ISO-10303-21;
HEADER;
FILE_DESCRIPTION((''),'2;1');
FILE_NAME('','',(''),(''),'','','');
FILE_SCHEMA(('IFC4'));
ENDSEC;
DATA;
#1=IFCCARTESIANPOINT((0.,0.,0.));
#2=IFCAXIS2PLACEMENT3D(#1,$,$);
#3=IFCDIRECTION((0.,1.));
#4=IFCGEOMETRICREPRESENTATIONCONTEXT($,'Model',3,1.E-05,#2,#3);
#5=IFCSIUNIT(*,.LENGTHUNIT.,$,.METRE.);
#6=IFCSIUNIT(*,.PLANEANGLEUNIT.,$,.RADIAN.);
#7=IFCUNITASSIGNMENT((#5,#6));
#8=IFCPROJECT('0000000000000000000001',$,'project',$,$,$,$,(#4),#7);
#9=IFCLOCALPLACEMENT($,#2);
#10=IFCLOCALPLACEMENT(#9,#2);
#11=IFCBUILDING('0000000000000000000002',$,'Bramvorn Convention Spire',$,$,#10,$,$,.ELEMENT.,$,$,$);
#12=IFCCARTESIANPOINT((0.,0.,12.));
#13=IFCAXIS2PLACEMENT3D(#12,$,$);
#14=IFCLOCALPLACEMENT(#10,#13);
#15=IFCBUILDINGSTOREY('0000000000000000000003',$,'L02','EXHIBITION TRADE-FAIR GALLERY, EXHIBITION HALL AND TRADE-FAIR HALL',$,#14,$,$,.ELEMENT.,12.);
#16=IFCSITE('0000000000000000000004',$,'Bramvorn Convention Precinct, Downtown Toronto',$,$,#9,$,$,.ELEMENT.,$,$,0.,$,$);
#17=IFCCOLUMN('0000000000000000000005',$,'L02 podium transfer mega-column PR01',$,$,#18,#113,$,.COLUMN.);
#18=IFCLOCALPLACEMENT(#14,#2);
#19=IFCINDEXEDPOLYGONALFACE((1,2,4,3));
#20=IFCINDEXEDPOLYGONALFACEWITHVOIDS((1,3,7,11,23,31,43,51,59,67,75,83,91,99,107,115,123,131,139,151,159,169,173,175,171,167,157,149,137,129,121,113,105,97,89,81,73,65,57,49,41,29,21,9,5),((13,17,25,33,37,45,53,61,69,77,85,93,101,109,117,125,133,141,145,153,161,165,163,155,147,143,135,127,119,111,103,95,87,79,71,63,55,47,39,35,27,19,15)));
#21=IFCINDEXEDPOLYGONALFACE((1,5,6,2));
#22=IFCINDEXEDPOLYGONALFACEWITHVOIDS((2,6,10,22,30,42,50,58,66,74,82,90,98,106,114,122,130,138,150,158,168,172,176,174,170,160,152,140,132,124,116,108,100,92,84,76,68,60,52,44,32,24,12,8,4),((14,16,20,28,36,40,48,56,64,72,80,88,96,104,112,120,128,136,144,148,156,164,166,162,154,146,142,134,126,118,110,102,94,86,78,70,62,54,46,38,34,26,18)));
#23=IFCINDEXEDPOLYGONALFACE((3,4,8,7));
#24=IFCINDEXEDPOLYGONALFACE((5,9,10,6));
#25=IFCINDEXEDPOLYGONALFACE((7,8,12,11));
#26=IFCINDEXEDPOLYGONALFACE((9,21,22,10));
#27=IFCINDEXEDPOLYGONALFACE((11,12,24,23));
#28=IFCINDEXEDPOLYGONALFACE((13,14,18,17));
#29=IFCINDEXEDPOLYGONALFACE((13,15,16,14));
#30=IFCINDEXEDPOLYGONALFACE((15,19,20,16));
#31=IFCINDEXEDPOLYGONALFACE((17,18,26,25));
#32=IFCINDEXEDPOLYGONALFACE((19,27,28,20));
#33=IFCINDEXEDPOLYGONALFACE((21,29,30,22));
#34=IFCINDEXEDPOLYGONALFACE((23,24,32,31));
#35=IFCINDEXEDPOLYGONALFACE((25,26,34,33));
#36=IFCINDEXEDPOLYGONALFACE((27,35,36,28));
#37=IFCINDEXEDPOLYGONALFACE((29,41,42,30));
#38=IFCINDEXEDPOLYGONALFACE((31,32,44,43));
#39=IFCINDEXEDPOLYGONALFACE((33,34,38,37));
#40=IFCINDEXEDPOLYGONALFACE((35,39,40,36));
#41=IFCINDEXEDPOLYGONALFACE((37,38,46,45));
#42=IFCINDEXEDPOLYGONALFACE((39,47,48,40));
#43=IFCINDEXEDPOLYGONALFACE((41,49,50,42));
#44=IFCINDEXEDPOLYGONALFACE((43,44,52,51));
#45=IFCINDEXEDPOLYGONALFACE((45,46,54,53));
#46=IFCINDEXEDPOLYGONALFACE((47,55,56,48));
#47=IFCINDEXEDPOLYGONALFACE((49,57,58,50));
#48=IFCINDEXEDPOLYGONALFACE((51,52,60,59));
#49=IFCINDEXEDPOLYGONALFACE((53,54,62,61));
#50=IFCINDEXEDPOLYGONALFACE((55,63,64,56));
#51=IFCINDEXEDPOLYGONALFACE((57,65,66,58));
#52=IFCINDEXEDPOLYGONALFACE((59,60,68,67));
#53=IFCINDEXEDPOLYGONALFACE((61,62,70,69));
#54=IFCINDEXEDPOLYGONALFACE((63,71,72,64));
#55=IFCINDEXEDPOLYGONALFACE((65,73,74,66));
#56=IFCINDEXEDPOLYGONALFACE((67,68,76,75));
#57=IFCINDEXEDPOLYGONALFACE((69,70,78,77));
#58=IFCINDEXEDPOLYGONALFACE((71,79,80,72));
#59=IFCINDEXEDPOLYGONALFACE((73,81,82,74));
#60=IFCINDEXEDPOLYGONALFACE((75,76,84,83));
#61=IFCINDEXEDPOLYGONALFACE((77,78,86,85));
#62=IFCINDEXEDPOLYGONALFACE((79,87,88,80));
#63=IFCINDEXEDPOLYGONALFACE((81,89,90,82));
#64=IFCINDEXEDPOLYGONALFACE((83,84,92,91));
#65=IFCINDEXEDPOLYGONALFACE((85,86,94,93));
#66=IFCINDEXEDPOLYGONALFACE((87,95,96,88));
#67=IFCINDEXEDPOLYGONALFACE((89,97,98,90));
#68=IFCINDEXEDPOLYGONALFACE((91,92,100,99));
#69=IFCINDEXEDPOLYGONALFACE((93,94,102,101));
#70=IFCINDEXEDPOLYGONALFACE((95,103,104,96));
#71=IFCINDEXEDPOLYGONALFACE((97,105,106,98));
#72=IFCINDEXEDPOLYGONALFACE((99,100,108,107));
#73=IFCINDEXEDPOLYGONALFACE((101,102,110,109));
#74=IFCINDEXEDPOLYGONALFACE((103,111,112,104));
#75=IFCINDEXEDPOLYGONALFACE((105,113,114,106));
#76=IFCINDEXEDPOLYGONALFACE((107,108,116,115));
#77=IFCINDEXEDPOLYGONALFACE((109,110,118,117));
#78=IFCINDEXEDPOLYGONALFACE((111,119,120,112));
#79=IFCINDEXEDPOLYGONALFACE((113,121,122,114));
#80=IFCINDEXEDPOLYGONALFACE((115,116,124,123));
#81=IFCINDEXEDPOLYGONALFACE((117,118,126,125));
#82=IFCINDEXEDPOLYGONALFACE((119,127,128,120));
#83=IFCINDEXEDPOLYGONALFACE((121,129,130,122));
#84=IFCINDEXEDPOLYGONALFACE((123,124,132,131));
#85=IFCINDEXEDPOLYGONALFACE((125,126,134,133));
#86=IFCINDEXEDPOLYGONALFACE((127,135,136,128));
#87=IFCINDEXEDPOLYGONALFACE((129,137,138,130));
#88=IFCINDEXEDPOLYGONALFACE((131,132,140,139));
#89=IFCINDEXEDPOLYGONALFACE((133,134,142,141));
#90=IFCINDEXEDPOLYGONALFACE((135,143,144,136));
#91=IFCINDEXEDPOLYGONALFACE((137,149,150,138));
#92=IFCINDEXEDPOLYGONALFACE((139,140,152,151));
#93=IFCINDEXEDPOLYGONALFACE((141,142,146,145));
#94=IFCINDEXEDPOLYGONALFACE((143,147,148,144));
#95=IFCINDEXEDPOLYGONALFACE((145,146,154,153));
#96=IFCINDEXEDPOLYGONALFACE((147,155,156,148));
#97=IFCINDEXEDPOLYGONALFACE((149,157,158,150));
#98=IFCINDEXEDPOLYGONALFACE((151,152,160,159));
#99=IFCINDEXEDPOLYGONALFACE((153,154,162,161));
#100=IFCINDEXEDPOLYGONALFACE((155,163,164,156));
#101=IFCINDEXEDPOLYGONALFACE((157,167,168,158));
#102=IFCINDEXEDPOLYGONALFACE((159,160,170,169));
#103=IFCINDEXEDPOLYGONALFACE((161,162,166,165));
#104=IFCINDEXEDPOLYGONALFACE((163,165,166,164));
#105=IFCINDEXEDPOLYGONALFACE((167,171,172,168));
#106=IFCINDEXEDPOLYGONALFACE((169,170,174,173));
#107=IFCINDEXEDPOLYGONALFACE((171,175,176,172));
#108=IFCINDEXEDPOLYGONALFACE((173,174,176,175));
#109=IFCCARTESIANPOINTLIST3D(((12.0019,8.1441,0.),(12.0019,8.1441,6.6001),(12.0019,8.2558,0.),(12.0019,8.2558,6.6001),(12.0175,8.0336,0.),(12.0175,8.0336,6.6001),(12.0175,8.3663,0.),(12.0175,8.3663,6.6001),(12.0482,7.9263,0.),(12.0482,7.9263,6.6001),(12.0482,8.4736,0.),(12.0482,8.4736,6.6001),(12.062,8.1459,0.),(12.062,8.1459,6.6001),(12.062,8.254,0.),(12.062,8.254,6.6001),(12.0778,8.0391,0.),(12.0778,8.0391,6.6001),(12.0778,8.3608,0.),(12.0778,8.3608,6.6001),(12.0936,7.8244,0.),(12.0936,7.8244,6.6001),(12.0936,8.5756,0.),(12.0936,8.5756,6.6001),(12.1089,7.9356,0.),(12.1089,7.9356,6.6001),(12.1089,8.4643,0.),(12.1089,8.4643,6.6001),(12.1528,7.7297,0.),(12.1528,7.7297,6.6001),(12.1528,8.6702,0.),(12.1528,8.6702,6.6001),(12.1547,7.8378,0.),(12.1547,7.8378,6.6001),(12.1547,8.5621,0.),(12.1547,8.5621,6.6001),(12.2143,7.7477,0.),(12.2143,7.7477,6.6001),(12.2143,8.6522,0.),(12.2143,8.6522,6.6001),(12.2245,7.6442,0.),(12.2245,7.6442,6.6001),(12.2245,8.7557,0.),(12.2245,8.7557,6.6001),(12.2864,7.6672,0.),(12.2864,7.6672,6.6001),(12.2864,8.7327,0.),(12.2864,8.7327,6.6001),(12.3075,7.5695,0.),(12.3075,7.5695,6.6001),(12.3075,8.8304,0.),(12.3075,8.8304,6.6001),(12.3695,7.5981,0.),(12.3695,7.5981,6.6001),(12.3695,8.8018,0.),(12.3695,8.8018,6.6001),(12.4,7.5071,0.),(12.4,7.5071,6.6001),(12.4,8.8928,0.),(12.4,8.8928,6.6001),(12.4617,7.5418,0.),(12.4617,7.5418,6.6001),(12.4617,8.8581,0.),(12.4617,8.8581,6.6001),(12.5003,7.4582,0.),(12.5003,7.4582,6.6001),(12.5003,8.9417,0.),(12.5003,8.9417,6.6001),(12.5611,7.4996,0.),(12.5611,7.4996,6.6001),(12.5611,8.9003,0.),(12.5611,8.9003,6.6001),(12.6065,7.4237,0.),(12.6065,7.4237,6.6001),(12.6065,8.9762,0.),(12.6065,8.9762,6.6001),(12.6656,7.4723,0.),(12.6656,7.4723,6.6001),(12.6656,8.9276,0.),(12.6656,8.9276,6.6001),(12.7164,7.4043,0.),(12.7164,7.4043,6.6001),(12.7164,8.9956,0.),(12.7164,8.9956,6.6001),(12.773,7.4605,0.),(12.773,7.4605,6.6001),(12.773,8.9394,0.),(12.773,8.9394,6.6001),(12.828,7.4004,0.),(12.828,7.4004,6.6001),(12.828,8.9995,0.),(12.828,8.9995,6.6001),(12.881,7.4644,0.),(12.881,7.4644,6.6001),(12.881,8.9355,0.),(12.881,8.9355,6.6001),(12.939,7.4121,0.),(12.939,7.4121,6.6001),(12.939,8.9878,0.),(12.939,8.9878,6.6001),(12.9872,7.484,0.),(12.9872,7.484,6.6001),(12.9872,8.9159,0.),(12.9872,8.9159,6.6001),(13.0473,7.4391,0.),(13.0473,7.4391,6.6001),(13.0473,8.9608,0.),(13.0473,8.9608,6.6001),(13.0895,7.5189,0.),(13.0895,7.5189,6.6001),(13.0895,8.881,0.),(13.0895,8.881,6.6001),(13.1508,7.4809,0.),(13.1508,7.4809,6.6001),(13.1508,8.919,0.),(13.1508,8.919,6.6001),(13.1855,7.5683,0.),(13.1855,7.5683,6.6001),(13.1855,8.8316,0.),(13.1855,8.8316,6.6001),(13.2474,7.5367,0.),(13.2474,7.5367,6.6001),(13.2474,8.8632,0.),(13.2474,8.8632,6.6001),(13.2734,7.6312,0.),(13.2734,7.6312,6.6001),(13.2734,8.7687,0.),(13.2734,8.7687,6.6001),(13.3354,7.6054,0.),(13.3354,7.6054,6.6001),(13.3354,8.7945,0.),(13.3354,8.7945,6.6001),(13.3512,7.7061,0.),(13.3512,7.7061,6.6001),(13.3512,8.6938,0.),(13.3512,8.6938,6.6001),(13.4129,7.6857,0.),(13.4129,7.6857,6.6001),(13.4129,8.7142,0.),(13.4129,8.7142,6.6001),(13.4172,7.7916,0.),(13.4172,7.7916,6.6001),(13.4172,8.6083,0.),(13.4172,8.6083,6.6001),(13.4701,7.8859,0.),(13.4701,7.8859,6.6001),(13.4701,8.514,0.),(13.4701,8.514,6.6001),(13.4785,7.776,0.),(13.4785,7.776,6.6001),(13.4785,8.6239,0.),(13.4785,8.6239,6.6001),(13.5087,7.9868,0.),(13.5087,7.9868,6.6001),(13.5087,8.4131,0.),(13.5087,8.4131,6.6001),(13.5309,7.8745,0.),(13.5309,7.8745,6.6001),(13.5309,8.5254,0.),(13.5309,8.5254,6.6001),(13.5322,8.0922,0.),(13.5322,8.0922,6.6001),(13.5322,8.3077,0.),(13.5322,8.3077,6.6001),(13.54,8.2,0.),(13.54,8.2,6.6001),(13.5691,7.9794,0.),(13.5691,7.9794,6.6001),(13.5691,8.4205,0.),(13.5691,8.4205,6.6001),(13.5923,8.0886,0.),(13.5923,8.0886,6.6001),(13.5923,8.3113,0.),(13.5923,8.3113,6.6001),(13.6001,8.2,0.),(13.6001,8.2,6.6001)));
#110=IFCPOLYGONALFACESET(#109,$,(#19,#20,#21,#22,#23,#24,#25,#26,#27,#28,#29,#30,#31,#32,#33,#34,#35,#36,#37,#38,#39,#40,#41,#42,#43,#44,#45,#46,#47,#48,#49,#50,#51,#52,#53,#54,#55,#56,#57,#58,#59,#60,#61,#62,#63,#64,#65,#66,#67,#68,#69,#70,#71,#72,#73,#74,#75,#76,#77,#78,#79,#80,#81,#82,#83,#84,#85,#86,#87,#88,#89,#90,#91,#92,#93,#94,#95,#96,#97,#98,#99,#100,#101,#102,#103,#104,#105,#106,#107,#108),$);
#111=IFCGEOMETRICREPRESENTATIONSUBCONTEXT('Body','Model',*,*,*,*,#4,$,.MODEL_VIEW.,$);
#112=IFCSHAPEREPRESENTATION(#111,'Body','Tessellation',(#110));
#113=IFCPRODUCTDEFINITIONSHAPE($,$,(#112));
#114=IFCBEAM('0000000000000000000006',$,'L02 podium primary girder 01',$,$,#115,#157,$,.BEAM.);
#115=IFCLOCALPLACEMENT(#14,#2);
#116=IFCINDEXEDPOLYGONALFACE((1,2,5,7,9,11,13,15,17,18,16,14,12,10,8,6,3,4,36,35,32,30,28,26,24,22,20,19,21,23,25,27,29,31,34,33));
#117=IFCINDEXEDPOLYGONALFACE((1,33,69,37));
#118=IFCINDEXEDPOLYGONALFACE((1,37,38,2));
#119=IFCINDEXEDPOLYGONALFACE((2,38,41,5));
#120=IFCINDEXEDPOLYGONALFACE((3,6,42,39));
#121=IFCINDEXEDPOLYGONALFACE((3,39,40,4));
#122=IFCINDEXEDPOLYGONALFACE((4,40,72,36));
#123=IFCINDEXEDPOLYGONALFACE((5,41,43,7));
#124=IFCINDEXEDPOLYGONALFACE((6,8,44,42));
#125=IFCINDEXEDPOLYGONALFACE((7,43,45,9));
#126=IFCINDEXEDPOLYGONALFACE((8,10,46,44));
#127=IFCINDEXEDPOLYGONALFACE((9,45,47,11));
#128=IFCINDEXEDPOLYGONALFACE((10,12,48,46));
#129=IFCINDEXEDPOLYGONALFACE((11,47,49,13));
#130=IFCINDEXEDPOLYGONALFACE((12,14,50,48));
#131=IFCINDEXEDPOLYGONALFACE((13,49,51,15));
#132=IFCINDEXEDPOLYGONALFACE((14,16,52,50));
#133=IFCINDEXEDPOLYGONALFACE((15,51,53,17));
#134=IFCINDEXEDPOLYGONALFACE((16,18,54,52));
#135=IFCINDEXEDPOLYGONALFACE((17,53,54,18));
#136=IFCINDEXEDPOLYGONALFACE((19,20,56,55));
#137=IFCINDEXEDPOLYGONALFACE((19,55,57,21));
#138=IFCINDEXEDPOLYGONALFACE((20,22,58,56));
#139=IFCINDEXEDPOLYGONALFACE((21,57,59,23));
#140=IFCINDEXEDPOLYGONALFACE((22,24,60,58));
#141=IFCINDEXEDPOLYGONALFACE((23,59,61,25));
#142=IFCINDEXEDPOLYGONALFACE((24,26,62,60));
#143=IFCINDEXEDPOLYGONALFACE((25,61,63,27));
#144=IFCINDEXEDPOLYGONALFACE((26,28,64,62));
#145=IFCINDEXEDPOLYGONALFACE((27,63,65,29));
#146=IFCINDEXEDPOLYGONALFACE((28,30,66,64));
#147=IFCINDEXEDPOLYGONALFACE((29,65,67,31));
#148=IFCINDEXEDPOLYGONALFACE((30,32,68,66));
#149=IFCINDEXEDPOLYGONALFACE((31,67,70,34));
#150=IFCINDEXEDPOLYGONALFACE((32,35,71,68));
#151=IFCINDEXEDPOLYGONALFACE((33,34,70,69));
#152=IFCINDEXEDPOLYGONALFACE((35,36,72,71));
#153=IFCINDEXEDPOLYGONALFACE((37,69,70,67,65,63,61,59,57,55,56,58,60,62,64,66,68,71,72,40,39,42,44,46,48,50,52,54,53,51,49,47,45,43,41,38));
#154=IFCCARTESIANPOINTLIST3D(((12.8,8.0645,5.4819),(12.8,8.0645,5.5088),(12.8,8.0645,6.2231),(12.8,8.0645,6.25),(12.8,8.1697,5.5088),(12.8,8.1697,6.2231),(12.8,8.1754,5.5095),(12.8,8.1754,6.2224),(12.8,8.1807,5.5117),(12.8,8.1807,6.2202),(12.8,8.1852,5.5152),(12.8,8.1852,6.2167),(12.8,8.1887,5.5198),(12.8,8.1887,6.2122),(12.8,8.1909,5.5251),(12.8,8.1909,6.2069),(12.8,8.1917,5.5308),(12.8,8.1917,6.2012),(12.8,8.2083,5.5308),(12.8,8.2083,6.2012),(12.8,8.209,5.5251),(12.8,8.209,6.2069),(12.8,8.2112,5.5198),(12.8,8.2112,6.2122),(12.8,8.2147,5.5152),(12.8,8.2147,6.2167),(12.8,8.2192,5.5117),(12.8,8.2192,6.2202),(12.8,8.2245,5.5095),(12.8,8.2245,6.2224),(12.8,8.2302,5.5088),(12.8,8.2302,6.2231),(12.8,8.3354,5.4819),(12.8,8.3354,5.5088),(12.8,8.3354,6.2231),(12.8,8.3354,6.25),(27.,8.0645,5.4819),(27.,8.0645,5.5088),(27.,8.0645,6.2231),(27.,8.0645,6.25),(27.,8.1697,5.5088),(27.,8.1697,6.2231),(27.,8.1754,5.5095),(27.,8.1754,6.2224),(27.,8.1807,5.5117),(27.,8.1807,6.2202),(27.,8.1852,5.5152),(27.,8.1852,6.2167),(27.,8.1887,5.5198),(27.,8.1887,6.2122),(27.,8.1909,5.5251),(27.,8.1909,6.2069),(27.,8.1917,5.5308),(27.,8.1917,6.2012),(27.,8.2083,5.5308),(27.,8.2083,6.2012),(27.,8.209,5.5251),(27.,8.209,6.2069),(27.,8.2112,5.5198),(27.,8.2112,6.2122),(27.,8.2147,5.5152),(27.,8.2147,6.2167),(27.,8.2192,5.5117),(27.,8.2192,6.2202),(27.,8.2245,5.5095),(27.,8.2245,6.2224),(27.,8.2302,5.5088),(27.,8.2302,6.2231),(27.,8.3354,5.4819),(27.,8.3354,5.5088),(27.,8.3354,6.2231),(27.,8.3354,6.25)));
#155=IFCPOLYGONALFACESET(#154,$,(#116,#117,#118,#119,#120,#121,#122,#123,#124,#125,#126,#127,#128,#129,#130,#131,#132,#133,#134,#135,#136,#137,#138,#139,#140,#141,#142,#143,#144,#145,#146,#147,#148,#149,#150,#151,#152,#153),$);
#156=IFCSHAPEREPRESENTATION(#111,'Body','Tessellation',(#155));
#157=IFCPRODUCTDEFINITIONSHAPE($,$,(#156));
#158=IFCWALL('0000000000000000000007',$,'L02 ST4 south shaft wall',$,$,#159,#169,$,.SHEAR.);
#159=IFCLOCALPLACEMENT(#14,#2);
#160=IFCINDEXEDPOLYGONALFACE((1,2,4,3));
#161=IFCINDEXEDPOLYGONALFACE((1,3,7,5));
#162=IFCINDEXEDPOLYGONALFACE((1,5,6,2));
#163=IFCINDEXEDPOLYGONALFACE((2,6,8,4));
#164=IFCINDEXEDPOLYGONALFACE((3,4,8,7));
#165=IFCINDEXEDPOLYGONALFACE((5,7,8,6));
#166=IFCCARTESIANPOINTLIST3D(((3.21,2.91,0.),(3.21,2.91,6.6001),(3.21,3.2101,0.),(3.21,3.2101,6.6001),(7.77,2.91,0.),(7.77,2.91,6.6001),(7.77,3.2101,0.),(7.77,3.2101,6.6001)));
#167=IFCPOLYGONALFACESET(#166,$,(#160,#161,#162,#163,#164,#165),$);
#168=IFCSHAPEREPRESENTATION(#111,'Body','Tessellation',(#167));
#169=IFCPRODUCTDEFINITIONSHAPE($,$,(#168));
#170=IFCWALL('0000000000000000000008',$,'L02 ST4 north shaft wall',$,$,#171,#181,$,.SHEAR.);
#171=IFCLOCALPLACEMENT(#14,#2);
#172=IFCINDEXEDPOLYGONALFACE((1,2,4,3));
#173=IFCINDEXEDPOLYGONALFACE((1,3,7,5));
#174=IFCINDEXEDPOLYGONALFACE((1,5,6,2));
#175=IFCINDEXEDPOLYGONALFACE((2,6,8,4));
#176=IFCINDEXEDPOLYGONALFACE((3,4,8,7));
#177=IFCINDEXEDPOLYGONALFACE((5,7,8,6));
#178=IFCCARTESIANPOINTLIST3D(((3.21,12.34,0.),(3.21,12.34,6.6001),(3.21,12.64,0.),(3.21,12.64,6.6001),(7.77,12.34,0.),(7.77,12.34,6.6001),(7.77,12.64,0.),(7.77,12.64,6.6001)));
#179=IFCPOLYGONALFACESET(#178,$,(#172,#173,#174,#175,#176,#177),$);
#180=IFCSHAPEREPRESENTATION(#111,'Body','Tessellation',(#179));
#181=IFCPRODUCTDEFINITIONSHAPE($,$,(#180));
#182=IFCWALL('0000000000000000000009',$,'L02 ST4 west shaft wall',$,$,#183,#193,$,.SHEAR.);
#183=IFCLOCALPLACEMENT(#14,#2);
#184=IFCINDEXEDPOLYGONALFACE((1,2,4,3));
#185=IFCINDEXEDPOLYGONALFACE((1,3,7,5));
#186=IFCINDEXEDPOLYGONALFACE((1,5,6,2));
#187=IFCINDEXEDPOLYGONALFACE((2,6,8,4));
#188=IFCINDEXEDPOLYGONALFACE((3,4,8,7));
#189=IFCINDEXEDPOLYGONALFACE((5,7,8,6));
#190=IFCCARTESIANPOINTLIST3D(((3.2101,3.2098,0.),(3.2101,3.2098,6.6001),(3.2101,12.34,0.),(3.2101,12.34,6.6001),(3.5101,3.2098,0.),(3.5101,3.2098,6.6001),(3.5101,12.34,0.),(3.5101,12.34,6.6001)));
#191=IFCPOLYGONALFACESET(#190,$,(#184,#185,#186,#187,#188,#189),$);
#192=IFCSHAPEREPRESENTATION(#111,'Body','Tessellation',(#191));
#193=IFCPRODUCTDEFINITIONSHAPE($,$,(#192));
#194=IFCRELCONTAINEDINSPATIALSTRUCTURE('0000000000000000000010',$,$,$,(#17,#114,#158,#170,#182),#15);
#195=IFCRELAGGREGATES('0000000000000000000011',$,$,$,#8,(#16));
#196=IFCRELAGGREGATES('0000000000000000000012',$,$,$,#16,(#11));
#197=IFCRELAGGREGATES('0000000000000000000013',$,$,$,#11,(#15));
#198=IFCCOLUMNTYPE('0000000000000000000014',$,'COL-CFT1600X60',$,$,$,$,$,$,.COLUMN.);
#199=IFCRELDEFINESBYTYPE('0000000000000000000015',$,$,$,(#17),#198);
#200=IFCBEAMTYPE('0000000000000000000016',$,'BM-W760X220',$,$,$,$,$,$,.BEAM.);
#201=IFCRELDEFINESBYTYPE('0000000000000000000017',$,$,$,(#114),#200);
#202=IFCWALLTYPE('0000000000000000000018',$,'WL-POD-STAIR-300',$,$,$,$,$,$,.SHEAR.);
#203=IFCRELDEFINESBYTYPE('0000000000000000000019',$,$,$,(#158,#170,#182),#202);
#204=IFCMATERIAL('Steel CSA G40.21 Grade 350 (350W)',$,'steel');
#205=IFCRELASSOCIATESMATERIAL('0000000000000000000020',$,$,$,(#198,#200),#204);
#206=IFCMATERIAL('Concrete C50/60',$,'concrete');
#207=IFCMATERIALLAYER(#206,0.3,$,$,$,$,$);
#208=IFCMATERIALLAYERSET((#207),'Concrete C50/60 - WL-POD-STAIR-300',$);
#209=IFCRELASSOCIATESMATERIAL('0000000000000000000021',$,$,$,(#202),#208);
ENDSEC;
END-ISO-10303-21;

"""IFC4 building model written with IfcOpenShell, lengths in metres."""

from ifc_helpers import new_model, si_unit, direction, frame, frame_2d, origin, origin_2d, place, context, subcontext, project, spatial, rectangle, hollow_circle, i_section, extrude, material, layer, layer_set, material_profile, profile_set, type_object, element, save


model = new_model("IFC4")

# Units and contexts
model_context = context("Model", 3, precision=1e-05, world=origin(), true_north=direction((0.0, 1.0)))
body_context = subcontext(model_context, "Body", "Model", "MODEL_VIEW")
ifc_project = project(units=[si_unit("LENGTHUNIT", "METRE"), si_unit("PLANEANGLEUNIT", "RADIAN")], contexts=[model_context])

# Site, building, storey
site_placement = place(None, origin())
site = spatial("IfcSite", under=ifc_project, at=site_placement, Name="Bramvorn Convention Precinct, Downtown Toronto", CompositionType="ELEMENT", RefElevation=0.0)
building_placement = place(site_placement, origin())
building = spatial("IfcBuilding", under=site, at=building_placement, Name="Bramvorn Convention Spire", CompositionType="ELEMENT")
storey_placement = place(building_placement, frame((0.0, 0.0, 12.0)))
storey = spatial("IfcBuildingStorey", under=building, at=storey_placement, Name="L02", Description="EXHIBITION TRADE-FAIR GALLERY, EXHIBITION HALL AND TRADE-FAIR HALL", CompositionType="ELEMENT", Elevation=12.0)

# Column
ifc_material_1 = material(Name="Steel CSA G40.21 Grade 350 (350W)", Category="steel")
ifc_material_profile_1 = material_profile(ifc_material_1, hollow_circle(Radius=0.8, WallThickness=0.0601, at=origin_2d()))
ifc_profile_set_1 = profile_set([ifc_material_profile_1], Name="Steel CSA G40.21 Grade 350 (350W) - CFT1600X60")
column_type = type_object("IfcColumnType", Name="COL-CFT1600X60", PredefinedType="COLUMN", material=ifc_profile_set_1)
column_placement = place(storey_placement, frame((12.8, 8.2, 0.0), z_axis=(0.0, 0.0, 1.0), x_axis=(1.0, 0.0, 0.0)))
element("IfcColumn", 1, at=column_placement, inside=storey, type_object=column_type, Name="L02 podium transfer mega-column PR01", PredefinedType="COLUMN", context=body_context, shape_type="SweptSolid", body=[
    extrude(hollow_circle(Radius=0.8, WallThickness=0.0601, at=origin_2d()), origin(), (0.0, 0.0, 1.0), 6.6001),
])

# Beam
ifc_material_profile_2 = material_profile(ifc_material_1, i_section(OverallWidth=0.271, OverallDepth=0.7681, WebThickness=0.0166, FlangeThickness=0.0269, FilletRadius=0.022, at=origin_2d()))
ifc_profile_set_2 = profile_set([ifc_material_profile_2], Name="Steel CSA G40.21 Grade 350 (350W) - W760X220")
beam_type = type_object("IfcBeamType", Name="BM-W760X220", PredefinedType="BEAM", material=ifc_profile_set_2)
beam_placement = place(storey_placement, frame((12.8, 8.2, 5.866), z_axis=(1.0, 0.0, 0.0), x_axis=(0.0, 1.0, 0.0)))
element("IfcBeam", 2, at=beam_placement, inside=storey, type_object=beam_type, Name="L02 podium primary girder 01", PredefinedType="BEAM", context=body_context, shape_type="SweptSolid", body=[
    extrude(i_section(OverallWidth=0.271, OverallDepth=0.7681, WebThickness=0.0166, FlangeThickness=0.0269, FilletRadius=0.022, at=origin_2d()), origin(), (0.0, 0.0, 1.0), 14.2),
])

# Walls
ifc_material_2 = material(Name="Concrete C50/60", Category="concrete")
ifc_layer = layer(ifc_material_2, 0.3)
ifc_layer_set = layer_set([ifc_layer], Name="Concrete C50/60 - WL-POD-STAIR-300")
wall_type = type_object("IfcWallType", Name="WL-POD-STAIR-300", PredefinedType="SHEAR", material=ifc_layer_set)
for number, where, z_axis, x_axis, name in (
    (3, (3.21, 3.0601, 0.0), (0.0, 0.0, 1.0), (1.0, 0.0, 0.0), "L02 ST4 south shaft wall"),
    (4, (3.21, 12.49, 0.0), (0.0, 0.0, 1.0), (1.0, 0.0, 0.0), "L02 ST4 north shaft wall"),
):
    element("IfcWall", number, at=place(storey_placement, frame(where, z_axis=z_axis, x_axis=x_axis)), inside=storey, type_object=wall_type, Name=name, PredefinedType="SHEAR", context=body_context, shape_type="SweptSolid", body=[
        extrude(rectangle(XDim=4.5601, YDim=0.3, at=frame_2d((2.28, 0.0))), origin(), (0.0, 0.0, 1.0), 6.6001),
    ])
wall_1_placement = place(storey_placement, frame((3.3601, 3.21, 0.0), z_axis=(0.0, 0.0, 1.0), x_axis=(0.0, 1.0, 0.0)))
element("IfcWall", 5, at=wall_1_placement, inside=storey, type_object=wall_type, Name="L02 ST4 west shaft wall", PredefinedType="SHEAR", context=body_context, shape_type="SweptSolid", body=[
    extrude(rectangle(XDim=9.1301, YDim=0.3, at=frame_2d((4.5649, 0.0))), origin(), (0.0, 0.0, 1.0), 6.6001),
])

save(model, "model.ifc")
